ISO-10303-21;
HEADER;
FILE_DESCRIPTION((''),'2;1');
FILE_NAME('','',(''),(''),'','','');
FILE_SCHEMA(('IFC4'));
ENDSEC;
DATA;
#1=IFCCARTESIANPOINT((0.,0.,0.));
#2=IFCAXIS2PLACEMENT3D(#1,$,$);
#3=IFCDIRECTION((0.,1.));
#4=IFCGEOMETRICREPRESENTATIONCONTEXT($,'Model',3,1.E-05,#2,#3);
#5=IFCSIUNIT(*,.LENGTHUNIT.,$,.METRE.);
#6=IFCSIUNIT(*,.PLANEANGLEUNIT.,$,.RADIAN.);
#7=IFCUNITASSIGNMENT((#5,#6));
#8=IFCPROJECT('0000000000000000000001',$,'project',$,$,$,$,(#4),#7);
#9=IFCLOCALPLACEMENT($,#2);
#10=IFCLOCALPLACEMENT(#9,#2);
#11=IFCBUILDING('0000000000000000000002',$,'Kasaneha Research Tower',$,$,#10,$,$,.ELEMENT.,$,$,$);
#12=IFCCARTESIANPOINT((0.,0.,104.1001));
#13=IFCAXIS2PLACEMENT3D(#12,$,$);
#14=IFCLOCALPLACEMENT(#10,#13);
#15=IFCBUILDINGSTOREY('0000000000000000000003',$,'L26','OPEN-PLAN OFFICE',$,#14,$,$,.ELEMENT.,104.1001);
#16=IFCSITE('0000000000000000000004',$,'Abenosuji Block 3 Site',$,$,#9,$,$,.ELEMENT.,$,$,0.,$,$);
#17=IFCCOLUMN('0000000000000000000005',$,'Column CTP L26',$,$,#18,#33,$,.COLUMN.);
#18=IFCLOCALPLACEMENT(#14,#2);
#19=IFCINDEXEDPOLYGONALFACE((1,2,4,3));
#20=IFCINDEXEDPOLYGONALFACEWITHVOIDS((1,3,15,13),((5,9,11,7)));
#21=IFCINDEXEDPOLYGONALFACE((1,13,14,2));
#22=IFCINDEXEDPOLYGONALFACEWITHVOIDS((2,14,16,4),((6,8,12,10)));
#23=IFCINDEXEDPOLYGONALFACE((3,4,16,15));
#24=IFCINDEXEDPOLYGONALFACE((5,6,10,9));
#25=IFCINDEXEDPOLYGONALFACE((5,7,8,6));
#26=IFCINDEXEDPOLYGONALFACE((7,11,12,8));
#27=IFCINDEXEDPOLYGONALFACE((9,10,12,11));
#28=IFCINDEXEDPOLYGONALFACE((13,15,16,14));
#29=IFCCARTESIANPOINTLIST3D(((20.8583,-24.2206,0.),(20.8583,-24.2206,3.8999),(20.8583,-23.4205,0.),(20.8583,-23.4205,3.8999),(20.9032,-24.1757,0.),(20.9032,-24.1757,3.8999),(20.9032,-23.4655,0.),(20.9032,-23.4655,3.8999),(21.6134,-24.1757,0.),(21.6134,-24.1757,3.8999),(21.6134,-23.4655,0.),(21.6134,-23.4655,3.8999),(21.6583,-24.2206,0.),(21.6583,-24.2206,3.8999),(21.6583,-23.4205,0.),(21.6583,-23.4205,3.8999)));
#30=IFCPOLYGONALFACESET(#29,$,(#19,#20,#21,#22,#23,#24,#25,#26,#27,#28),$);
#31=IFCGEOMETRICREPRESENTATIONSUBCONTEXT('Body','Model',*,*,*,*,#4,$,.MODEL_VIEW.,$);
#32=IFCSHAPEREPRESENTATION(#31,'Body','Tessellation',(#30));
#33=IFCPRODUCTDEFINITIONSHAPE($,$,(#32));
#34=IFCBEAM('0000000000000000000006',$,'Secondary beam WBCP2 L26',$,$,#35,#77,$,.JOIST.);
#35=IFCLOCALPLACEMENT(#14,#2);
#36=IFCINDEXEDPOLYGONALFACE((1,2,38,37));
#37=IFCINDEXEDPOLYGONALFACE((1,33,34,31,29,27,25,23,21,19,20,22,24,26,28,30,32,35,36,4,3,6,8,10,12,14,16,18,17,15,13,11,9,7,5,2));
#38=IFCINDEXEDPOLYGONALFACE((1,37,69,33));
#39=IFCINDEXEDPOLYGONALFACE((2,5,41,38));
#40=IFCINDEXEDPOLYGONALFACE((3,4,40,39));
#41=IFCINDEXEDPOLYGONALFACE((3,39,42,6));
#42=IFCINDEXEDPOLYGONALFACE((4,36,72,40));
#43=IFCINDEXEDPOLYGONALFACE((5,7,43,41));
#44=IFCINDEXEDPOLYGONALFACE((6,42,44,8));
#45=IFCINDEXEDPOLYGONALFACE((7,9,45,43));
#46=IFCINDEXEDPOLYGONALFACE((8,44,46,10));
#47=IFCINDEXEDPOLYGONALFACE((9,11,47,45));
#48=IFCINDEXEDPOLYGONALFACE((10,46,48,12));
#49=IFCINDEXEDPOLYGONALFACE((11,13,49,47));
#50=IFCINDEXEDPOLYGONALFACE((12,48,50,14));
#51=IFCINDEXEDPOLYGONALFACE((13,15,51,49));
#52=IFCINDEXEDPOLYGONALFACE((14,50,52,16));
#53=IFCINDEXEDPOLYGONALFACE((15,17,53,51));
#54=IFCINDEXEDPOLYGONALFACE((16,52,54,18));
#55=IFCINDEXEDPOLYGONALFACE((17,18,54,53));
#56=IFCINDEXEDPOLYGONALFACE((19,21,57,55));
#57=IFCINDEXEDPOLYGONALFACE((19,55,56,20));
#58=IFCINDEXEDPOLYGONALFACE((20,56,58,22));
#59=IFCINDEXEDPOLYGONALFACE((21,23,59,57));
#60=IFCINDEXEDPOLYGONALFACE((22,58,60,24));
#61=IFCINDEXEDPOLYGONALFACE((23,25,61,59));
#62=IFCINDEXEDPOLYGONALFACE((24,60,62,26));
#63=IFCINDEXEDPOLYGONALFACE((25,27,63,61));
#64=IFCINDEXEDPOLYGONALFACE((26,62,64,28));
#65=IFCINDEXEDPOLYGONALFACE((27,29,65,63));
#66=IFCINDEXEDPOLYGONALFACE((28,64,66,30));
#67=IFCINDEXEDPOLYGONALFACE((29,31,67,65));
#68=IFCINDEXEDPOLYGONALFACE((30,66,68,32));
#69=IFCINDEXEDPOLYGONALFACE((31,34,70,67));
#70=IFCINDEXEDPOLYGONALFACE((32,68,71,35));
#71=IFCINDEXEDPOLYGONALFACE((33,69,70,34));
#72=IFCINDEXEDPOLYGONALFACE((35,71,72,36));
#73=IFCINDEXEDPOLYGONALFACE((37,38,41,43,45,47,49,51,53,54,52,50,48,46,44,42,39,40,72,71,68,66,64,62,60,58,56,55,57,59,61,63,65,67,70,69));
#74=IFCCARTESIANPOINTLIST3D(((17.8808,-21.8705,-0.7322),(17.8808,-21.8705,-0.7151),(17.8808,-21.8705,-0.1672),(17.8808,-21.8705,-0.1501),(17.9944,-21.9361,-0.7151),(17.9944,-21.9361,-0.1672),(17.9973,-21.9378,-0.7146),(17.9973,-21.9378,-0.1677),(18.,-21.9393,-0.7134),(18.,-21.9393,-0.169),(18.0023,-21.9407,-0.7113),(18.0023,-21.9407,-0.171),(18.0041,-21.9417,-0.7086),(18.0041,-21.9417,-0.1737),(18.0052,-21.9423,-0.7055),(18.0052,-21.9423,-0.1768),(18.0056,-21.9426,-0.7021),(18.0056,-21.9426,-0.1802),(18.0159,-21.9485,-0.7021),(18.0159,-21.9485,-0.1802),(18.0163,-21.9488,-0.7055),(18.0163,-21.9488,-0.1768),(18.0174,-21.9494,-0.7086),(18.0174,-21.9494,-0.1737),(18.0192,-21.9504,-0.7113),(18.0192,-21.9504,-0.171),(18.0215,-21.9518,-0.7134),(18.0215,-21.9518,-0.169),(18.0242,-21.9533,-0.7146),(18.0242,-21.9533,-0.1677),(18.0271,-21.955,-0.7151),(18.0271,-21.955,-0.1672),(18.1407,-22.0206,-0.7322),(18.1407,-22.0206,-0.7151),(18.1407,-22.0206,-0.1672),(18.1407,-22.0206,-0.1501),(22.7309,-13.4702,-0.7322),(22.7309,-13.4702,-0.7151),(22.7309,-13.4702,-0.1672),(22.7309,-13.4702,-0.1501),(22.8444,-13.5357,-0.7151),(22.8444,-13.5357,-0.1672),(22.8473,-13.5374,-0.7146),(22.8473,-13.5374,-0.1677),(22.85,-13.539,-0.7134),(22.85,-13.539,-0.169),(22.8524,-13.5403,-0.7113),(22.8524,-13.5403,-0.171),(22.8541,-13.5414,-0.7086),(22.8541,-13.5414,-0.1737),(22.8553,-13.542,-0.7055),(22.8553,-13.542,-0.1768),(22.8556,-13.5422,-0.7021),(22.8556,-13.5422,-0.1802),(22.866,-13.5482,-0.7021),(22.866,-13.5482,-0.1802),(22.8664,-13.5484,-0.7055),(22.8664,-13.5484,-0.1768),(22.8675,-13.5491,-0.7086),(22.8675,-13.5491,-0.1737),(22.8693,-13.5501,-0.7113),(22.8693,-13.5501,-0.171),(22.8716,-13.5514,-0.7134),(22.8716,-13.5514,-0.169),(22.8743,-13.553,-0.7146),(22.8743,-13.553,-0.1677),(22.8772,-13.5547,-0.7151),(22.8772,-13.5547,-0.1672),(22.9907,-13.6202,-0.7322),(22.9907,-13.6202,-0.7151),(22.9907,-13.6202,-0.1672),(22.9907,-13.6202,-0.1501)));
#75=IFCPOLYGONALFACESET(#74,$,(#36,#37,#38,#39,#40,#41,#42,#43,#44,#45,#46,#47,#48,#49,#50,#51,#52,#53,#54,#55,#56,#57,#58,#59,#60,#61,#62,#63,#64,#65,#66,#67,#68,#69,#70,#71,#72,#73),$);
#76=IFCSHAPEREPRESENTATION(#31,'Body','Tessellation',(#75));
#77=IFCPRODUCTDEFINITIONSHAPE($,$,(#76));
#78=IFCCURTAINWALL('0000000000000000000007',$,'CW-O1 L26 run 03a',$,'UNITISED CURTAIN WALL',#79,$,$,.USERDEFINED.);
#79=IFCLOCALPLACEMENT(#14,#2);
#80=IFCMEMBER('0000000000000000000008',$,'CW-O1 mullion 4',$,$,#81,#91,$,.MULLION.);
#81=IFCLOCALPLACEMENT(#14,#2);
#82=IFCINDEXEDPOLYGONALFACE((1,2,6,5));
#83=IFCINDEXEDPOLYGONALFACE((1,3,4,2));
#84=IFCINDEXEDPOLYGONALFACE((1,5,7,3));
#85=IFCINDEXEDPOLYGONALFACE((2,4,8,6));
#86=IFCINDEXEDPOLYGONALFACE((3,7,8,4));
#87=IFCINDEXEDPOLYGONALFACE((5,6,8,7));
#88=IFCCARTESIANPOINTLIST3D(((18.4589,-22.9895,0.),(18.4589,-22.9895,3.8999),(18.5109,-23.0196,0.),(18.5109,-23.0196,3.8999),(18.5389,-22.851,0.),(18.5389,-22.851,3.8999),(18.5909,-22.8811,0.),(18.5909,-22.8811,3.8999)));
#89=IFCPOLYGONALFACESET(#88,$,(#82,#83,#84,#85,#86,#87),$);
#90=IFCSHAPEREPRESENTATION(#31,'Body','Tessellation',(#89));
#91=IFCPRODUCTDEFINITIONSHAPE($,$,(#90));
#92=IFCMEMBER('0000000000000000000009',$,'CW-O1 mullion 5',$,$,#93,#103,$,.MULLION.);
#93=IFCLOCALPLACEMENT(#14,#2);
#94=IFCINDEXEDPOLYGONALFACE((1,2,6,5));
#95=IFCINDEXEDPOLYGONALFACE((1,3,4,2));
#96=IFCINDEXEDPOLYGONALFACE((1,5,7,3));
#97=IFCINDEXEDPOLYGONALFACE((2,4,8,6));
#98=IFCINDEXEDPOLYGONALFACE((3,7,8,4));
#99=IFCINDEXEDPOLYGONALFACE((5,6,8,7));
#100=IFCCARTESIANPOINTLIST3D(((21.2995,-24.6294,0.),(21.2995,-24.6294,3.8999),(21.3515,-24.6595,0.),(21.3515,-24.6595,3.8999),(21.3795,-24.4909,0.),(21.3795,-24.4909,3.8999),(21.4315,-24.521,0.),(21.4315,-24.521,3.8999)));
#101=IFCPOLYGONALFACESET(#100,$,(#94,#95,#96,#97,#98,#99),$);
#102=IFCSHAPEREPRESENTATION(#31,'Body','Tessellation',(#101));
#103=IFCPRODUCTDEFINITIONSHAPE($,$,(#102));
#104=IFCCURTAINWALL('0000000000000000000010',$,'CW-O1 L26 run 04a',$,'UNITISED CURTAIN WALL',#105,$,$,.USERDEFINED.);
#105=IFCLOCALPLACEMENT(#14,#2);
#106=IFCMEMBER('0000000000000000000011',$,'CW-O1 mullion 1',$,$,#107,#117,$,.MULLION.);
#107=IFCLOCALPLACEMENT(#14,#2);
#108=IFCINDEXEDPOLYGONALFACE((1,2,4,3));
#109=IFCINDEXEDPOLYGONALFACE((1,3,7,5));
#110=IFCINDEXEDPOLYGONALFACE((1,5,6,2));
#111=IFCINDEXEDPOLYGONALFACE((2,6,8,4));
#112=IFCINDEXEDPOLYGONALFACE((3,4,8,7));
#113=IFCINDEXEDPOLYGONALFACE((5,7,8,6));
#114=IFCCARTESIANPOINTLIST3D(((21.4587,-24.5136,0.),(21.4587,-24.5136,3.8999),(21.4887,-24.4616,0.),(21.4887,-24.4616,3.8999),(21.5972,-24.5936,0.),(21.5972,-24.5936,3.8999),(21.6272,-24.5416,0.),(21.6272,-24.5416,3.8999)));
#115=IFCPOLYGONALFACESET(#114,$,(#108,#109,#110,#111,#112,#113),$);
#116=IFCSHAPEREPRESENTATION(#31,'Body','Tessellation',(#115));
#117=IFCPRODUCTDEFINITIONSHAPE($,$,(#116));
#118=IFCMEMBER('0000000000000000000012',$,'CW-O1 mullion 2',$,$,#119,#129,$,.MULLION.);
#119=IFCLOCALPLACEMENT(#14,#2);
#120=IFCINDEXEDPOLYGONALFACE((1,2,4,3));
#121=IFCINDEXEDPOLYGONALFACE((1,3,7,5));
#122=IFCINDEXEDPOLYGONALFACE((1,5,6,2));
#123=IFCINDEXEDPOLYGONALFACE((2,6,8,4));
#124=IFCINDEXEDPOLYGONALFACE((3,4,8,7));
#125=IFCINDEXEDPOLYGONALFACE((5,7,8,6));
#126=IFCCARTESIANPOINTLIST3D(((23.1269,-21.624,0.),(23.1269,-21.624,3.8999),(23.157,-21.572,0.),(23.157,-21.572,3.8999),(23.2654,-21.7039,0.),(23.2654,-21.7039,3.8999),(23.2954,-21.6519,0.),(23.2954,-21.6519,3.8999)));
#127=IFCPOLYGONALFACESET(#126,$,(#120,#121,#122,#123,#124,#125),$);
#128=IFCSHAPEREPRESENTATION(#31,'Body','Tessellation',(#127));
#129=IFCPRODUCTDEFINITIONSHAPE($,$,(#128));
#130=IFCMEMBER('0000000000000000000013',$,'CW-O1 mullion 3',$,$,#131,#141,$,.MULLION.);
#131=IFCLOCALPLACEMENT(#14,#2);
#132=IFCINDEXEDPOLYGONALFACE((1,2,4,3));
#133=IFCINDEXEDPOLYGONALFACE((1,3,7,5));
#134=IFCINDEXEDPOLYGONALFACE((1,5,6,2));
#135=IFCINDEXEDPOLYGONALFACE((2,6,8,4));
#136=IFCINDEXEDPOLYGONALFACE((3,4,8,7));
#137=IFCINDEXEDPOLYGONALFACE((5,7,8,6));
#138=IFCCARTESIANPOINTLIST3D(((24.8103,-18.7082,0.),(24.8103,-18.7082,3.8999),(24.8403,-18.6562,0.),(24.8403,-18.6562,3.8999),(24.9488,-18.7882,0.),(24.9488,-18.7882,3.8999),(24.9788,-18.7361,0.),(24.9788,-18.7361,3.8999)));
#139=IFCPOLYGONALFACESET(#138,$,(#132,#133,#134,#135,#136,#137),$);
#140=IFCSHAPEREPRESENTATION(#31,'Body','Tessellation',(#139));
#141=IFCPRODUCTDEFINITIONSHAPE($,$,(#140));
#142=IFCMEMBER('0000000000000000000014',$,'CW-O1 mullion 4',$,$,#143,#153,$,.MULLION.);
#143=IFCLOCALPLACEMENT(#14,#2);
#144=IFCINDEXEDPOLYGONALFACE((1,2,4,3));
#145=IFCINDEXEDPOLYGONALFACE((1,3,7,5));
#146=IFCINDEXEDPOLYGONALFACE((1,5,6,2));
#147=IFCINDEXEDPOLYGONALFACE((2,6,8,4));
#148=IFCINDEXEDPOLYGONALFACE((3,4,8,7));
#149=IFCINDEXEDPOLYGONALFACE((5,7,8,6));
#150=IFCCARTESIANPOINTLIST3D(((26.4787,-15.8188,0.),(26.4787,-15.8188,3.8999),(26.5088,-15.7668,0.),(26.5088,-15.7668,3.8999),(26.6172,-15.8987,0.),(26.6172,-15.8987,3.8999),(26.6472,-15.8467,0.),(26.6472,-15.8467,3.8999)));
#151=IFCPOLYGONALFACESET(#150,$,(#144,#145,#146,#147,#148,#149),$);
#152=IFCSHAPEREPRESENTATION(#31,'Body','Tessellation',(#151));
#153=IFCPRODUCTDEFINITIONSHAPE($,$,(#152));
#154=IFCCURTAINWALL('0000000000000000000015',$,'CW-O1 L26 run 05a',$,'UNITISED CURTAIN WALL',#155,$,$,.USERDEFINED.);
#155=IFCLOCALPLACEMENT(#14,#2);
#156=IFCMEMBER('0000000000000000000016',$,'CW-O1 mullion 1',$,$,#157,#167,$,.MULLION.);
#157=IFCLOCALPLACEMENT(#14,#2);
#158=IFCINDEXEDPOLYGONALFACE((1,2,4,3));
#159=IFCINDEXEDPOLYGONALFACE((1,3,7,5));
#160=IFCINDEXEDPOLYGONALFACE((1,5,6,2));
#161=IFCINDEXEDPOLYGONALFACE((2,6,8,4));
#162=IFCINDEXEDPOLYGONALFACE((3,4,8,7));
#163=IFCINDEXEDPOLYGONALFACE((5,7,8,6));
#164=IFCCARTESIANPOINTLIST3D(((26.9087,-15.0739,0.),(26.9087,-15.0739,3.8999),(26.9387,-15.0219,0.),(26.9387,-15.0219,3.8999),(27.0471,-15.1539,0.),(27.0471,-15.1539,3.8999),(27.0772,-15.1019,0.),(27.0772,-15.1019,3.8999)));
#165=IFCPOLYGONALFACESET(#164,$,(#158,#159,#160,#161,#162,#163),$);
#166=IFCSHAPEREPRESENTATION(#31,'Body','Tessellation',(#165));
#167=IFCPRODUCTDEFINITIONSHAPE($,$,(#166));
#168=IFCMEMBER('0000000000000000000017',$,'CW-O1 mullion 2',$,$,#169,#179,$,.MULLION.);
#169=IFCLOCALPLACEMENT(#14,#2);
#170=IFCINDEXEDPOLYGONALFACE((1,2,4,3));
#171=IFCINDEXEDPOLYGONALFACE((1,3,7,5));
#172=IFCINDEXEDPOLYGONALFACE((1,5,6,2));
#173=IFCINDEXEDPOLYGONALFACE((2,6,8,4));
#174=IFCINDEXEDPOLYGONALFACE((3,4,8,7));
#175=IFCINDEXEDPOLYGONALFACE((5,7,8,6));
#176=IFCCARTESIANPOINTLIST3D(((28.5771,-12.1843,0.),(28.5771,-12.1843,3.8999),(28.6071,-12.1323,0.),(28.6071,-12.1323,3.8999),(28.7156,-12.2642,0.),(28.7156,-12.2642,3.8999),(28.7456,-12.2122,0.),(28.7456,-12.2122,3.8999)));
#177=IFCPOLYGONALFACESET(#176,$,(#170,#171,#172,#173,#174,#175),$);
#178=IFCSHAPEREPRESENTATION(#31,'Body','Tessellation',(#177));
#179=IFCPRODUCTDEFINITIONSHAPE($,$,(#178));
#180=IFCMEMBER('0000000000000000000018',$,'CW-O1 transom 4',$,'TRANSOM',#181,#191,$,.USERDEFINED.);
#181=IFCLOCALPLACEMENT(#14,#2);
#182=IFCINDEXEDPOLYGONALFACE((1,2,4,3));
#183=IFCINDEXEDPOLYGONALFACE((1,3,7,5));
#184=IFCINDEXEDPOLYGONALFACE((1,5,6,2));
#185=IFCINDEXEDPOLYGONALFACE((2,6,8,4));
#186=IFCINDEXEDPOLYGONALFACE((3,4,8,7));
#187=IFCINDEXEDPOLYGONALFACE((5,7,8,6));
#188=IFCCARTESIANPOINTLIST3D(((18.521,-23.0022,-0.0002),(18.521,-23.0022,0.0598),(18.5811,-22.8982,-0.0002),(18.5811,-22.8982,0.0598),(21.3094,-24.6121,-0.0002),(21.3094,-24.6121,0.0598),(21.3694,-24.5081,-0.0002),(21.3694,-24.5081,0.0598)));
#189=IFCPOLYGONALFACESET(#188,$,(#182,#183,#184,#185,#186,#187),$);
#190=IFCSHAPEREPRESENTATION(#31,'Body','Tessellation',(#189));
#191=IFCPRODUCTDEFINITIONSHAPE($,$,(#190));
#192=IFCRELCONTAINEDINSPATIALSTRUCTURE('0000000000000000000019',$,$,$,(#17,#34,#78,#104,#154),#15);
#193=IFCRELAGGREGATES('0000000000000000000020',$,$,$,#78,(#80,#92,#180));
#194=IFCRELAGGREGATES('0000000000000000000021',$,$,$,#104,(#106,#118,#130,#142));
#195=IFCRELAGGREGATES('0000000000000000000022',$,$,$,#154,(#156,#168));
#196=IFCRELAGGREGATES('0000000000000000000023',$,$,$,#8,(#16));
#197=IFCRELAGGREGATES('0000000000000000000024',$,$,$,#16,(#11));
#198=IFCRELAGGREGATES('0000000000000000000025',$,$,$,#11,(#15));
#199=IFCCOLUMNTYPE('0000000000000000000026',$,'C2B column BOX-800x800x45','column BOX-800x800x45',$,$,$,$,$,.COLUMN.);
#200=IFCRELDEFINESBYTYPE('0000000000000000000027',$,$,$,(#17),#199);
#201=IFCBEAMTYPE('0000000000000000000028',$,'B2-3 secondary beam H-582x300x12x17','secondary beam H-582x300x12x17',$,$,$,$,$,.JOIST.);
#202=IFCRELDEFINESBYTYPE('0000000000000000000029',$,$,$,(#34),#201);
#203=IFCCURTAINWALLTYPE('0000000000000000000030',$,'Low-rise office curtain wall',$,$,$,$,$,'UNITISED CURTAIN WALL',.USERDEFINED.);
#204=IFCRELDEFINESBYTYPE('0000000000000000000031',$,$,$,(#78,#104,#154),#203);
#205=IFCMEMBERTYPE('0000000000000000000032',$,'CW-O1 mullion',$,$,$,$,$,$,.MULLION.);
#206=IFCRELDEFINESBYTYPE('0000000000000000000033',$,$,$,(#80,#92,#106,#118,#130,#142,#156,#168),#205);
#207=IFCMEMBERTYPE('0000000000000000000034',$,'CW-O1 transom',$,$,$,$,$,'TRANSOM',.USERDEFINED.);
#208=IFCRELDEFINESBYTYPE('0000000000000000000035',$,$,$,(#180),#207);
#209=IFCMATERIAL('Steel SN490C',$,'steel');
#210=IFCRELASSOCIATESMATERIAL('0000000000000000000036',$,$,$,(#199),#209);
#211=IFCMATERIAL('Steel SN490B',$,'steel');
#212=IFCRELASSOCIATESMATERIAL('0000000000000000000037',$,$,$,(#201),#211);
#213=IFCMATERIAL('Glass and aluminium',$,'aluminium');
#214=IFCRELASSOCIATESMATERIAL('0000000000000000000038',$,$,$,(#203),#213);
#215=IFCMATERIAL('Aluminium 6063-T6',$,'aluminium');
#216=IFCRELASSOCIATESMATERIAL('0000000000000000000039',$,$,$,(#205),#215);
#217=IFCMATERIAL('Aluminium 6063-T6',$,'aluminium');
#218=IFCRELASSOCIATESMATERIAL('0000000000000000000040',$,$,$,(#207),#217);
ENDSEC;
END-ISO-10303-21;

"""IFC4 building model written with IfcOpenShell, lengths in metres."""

from ifc_helpers import new_model, si_unit, direction, frame, origin, origin_2d, place, context, subcontext, project, spatial, rectangle, hollow_rectangle, i_section, extrude, material, material_profile, profile_set, type_object, element, aggregate, save


model = new_model("IFC4")

# Units and contexts
model_context = context("Model", 3, precision=1e-05, world=origin(), true_north=direction((0.0, 1.0)))
body_context = subcontext(model_context, "Body", "Model", "MODEL_VIEW")
ifc_project = project(units=[si_unit("LENGTHUNIT", "METRE"), si_unit("PLANEANGLEUNIT", "RADIAN")], contexts=[model_context])

# Site, building, storey
site_placement = place(None, origin())
site = spatial("IfcSite", under=ifc_project, at=site_placement, Name="Abenosuji Block 3 Site", CompositionType="ELEMENT", RefElevation=0.0)
building_placement = place(site_placement, origin())
building = spatial("IfcBuilding", under=site, at=building_placement, Name="Kasaneha Research Tower", CompositionType="ELEMENT")
storey_placement = place(building_placement, frame((0.0, 0.0, 104.1001)))
storey = spatial("IfcBuildingStorey", under=building, at=storey_placement, Name="L26", Description="OPEN-PLAN OFFICE", CompositionType="ELEMENT", Elevation=104.1001)

# Column
ifc_material_1 = material(Name="Steel SN490C", Category="steel")
ifc_material_profile_1 = material_profile(ifc_material_1, hollow_rectangle(XDim=0.8, YDim=0.8, WallThickness=0.0449, at=origin_2d()), Name="BOX-800x800x45")
ifc_profile_set_1 = profile_set([ifc_material_profile_1], Name="Steel SN490C")
column_type = type_object("IfcColumnType", Name="C2B column BOX-800x800x45", Description="column BOX-800x800x45", PredefinedType="COLUMN", material=ifc_profile_set_1)
column_placement = place(storey_placement, frame((21.2583, -23.8206, 0.0), z_axis=(0.0, 0.0, 1.0), x_axis=(1.0, 0.0, 0.0)))
element("IfcColumn", 1, at=column_placement, inside=storey, type_object=column_type, Name="Column CTP L26", PredefinedType="COLUMN", context=body_context, shape_type="SweptSolid", body=[
    extrude(hollow_rectangle(XDim=0.8, YDim=0.8, WallThickness=0.0449, at=origin_2d()), origin(), (0.0, 0.0, 1.0), 3.8999),
])

# Beam
ifc_material_2 = material(Name="Steel SN490B", Category="steel")
ifc_material_profile_2 = material_profile(ifc_material_2, i_section(OverallWidth=0.3, OverallDepth=0.582, WebThickness=0.012, FlangeThickness=0.0171, FilletRadius=0.0129, at=origin_2d()), Name="H-582x300x12x17")
ifc_profile_set_2 = profile_set([ifc_material_profile_2], Name="Steel SN490B")
beam_type_1 = type_object("IfcBeamType", Name="B2-3 secondary beam H-582x300x12x17", Description="secondary beam H-582x300x12x17", PredefinedType="JOIST", material=ifc_profile_set_2)
beam_1_placement = place(storey_placement, frame((18.0107, -21.9456, -0.4412), z_axis=(0.50001, 0.86602, 0.0), x_axis=(-0.86602, 0.50001, 0.0)))
element("IfcBeam", 2, at=beam_1_placement, inside=storey, type_object=beam_type_1, Name="Secondary beam WBCP2 L26", PredefinedType="JOIST", context=body_context, shape_type="SweptSolid", body=[
    extrude(i_section(OverallWidth=0.3, OverallDepth=0.582, WebThickness=0.012, FlangeThickness=0.0171, FilletRadius=0.0129, at=origin_2d()), origin(), (0.0, 0.0, 1.0), 9.7),
])

# Curtain walls, members
ifc_material_3 = material(Name="Glass and aluminium", Category="aluminium")
curtain_wall_type = type_object("IfcCurtainWallType", Name="Low-rise office curtain wall", ElementType="UNITISED CURTAIN WALL", PredefinedType="USERDEFINED", material=ifc_material_3)
curtain_wall_1_placement = place(storey_placement, origin())
curtain_wall_1 = element("IfcCurtainWall", 3, at=curtain_wall_1_placement, inside=storey, type_object=curtain_wall_type, Name="CW-O1 L26 run 03a", ObjectType="UNITISED CURTAIN WALL", PredefinedType="USERDEFINED")
ifc_material_4 = material(Name="Aluminium 6063-T6", Category="aluminium")
ifc_material_profile_3 = material_profile(ifc_material_4, rectangle(XDim=0.0601, YDim=0.1599, at=origin_2d()), Name="CW-O1 mullion 60x160")
ifc_profile_set_3 = profile_set([ifc_material_profile_3], Name="Aluminium 6063-T6")
member_type_1 = type_object("IfcMemberType", Name="CW-O1 mullion", PredefinedType="MULLION", material=ifc_profile_set_3)
member_1_placement = place(storey_placement, frame((18.5249, -22.9353, 0.0), z_axis=(0.0, 0.0, 1.0), x_axis=(0.866025, -0.5, 0.0)))
member_1 = element("IfcMember", 4, at=member_1_placement, type_object=member_type_1, Name="CW-O1 mullion 4", PredefinedType="MULLION", context=body_context, shape_type="SweptSolid", body=[
    extrude(rectangle(XDim=0.0601, YDim=0.1599, at=origin_2d()), origin(), (0.0, 0.0, 1.0), 3.8999),
])
member_2_placement = place(storey_placement, frame((21.3655, -24.5752, 0.0), z_axis=(0.0, 0.0, 1.0), x_axis=(0.866025, -0.5, 0.0)))
member_2 = element("IfcMember", 5, at=member_2_placement, type_object=member_type_1, Name="CW-O1 mullion 5", PredefinedType="MULLION", context=body_context, shape_type="SweptSolid", body=[
    extrude(rectangle(XDim=0.0601, YDim=0.1599, at=origin_2d()), origin(), (0.0, 0.0, 1.0), 3.8999),
])
curtain_wall_2_placement = place(storey_placement, origin())
curtain_wall_2 = element("IfcCurtainWall", 6, at=curtain_wall_2_placement, inside=storey, type_object=curtain_wall_type, Name="CW-O1 L26 run 04a", ObjectType="UNITISED CURTAIN WALL", PredefinedType="USERDEFINED")
member_3_placement = place(storey_placement, frame((21.543, -24.5276, 0.0), z_axis=(0.0, 0.0, 1.0), x_axis=(0.5, 0.866025, 0.0)))
member_3 = element("IfcMember", 7, at=member_3_placement, type_object=member_type_1, Name="CW-O1 mullion 1", PredefinedType="MULLION", context=body_context, shape_type="SweptSolid", body=[
    extrude(rectangle(XDim=0.0601, YDim=0.1599, at=origin_2d()), origin(), (0.0, 0.0, 1.0), 3.8999),
])
member_4_placement = place(storey_placement, frame((23.2112, -21.6379, 0.0), z_axis=(0.0, 0.0, 1.0), x_axis=(0.5, 0.866025, 0.0)))
member_4 = element("IfcMember", 8, at=member_4_placement, type_object=member_type_1, Name="CW-O1 mullion 2", PredefinedType="MULLION", context=body_context, shape_type="SweptSolid", body=[
    extrude(rectangle(XDim=0.0601, YDim=0.1599, at=origin_2d()), origin(), (0.0, 0.0, 1.0), 3.8999),
])
member_5_placement = place(storey_placement, frame((24.8945, -18.7222, 0.0), z_axis=(0.0, 0.0, 1.0), x_axis=(0.5, 0.866025, 0.0)))
member_5 = element("IfcMember", 9, at=member_5_placement, type_object=member_type_1, Name="CW-O1 mullion 3", PredefinedType="MULLION", context=body_context, shape_type="SweptSolid", body=[
    extrude(rectangle(XDim=0.0601, YDim=0.1599, at=origin_2d()), origin(), (0.0, 0.0, 1.0), 3.8999),
])
member_6_placement = place(storey_placement, frame((26.563, -15.8328, 0.0), z_axis=(0.0, 0.0, 1.0), x_axis=(0.5, 0.866025, 0.0)))
member_6 = element("IfcMember", 10, at=member_6_placement, type_object=member_type_1, Name="CW-O1 mullion 4", PredefinedType="MULLION", context=body_context, shape_type="SweptSolid", body=[
    extrude(rectangle(XDim=0.0601, YDim=0.1599, at=origin_2d()), origin(), (0.0, 0.0, 1.0), 3.8999),
])
curtain_wall_3_placement = place(storey_placement, origin())
curtain_wall_3 = element("IfcCurtainWall", 11, at=curtain_wall_3_placement, inside=storey, type_object=curtain_wall_type, Name="CW-O1 L26 run 05a", ObjectType="UNITISED CURTAIN WALL", PredefinedType="USERDEFINED")
member_7_placement = place(storey_placement, frame((26.9929, -15.0879, 0.0), z_axis=(0.0, 0.0, 1.0), x_axis=(0.5, 0.866025, 0.0)))
member_7 = element("IfcMember", 12, at=member_7_placement, type_object=member_type_1, Name="CW-O1 mullion 1", PredefinedType="MULLION", context=body_context, shape_type="SweptSolid", body=[
    extrude(rectangle(XDim=0.0601, YDim=0.1599, at=origin_2d()), origin(), (0.0, 0.0, 1.0), 3.8999),
])
member_8_placement = place(storey_placement, frame((28.6614, -12.1982, 0.0), z_axis=(0.0, 0.0, 1.0), x_axis=(0.5, 0.866025, 0.0)))
member_8 = element("IfcMember", 13, at=member_8_placement, type_object=member_type_1, Name="CW-O1 mullion 2", PredefinedType="MULLION", context=body_context, shape_type="SweptSolid", body=[
    extrude(rectangle(XDim=0.0601, YDim=0.1599, at=origin_2d()), origin(), (0.0, 0.0, 1.0), 3.8999),
])

# Member
ifc_material_5 = material(Name="Aluminium 6063-T6", Category="aluminium")
ifc_material_profile_4 = material_profile(ifc_material_5, rectangle(XDim=0.1201, YDim=0.0601, at=origin_2d()), Name="CW-O1 transom 120x60")
ifc_profile_set_4 = profile_set([ifc_material_profile_4], Name="Aluminium 6063-T6")
member_type_2 = type_object("IfcMemberType", Name="CW-O1 transom", ElementType="TRANSOM", PredefinedType="USERDEFINED", material=ifc_profile_set_4)
member_9_placement = place(storey_placement, frame((18.551, -22.9502, 0.0298), z_axis=(0.866023, -0.500005, 0.0), x_axis=(0.500005, 0.866023, 0.0)))
member_9 = element("IfcMember", 14, at=member_9_placement, type_object=member_type_2, Name="CW-O1 transom 4", ObjectType="TRANSOM", PredefinedType="USERDEFINED", context=body_context, shape_type="SweptSolid", body=[
    extrude(rectangle(XDim=0.1201, YDim=0.0601, at=origin_2d()), origin(), (0.0, 0.0, 1.0), 3.2197),
])

aggregate(curtain_wall_1, [member_1, member_2, member_9])
aggregate(curtain_wall_2, [member_3, member_4, member_5, member_6])
aggregate(curtain_wall_3, [member_7, member_8])

save(model, "model.ifc")
